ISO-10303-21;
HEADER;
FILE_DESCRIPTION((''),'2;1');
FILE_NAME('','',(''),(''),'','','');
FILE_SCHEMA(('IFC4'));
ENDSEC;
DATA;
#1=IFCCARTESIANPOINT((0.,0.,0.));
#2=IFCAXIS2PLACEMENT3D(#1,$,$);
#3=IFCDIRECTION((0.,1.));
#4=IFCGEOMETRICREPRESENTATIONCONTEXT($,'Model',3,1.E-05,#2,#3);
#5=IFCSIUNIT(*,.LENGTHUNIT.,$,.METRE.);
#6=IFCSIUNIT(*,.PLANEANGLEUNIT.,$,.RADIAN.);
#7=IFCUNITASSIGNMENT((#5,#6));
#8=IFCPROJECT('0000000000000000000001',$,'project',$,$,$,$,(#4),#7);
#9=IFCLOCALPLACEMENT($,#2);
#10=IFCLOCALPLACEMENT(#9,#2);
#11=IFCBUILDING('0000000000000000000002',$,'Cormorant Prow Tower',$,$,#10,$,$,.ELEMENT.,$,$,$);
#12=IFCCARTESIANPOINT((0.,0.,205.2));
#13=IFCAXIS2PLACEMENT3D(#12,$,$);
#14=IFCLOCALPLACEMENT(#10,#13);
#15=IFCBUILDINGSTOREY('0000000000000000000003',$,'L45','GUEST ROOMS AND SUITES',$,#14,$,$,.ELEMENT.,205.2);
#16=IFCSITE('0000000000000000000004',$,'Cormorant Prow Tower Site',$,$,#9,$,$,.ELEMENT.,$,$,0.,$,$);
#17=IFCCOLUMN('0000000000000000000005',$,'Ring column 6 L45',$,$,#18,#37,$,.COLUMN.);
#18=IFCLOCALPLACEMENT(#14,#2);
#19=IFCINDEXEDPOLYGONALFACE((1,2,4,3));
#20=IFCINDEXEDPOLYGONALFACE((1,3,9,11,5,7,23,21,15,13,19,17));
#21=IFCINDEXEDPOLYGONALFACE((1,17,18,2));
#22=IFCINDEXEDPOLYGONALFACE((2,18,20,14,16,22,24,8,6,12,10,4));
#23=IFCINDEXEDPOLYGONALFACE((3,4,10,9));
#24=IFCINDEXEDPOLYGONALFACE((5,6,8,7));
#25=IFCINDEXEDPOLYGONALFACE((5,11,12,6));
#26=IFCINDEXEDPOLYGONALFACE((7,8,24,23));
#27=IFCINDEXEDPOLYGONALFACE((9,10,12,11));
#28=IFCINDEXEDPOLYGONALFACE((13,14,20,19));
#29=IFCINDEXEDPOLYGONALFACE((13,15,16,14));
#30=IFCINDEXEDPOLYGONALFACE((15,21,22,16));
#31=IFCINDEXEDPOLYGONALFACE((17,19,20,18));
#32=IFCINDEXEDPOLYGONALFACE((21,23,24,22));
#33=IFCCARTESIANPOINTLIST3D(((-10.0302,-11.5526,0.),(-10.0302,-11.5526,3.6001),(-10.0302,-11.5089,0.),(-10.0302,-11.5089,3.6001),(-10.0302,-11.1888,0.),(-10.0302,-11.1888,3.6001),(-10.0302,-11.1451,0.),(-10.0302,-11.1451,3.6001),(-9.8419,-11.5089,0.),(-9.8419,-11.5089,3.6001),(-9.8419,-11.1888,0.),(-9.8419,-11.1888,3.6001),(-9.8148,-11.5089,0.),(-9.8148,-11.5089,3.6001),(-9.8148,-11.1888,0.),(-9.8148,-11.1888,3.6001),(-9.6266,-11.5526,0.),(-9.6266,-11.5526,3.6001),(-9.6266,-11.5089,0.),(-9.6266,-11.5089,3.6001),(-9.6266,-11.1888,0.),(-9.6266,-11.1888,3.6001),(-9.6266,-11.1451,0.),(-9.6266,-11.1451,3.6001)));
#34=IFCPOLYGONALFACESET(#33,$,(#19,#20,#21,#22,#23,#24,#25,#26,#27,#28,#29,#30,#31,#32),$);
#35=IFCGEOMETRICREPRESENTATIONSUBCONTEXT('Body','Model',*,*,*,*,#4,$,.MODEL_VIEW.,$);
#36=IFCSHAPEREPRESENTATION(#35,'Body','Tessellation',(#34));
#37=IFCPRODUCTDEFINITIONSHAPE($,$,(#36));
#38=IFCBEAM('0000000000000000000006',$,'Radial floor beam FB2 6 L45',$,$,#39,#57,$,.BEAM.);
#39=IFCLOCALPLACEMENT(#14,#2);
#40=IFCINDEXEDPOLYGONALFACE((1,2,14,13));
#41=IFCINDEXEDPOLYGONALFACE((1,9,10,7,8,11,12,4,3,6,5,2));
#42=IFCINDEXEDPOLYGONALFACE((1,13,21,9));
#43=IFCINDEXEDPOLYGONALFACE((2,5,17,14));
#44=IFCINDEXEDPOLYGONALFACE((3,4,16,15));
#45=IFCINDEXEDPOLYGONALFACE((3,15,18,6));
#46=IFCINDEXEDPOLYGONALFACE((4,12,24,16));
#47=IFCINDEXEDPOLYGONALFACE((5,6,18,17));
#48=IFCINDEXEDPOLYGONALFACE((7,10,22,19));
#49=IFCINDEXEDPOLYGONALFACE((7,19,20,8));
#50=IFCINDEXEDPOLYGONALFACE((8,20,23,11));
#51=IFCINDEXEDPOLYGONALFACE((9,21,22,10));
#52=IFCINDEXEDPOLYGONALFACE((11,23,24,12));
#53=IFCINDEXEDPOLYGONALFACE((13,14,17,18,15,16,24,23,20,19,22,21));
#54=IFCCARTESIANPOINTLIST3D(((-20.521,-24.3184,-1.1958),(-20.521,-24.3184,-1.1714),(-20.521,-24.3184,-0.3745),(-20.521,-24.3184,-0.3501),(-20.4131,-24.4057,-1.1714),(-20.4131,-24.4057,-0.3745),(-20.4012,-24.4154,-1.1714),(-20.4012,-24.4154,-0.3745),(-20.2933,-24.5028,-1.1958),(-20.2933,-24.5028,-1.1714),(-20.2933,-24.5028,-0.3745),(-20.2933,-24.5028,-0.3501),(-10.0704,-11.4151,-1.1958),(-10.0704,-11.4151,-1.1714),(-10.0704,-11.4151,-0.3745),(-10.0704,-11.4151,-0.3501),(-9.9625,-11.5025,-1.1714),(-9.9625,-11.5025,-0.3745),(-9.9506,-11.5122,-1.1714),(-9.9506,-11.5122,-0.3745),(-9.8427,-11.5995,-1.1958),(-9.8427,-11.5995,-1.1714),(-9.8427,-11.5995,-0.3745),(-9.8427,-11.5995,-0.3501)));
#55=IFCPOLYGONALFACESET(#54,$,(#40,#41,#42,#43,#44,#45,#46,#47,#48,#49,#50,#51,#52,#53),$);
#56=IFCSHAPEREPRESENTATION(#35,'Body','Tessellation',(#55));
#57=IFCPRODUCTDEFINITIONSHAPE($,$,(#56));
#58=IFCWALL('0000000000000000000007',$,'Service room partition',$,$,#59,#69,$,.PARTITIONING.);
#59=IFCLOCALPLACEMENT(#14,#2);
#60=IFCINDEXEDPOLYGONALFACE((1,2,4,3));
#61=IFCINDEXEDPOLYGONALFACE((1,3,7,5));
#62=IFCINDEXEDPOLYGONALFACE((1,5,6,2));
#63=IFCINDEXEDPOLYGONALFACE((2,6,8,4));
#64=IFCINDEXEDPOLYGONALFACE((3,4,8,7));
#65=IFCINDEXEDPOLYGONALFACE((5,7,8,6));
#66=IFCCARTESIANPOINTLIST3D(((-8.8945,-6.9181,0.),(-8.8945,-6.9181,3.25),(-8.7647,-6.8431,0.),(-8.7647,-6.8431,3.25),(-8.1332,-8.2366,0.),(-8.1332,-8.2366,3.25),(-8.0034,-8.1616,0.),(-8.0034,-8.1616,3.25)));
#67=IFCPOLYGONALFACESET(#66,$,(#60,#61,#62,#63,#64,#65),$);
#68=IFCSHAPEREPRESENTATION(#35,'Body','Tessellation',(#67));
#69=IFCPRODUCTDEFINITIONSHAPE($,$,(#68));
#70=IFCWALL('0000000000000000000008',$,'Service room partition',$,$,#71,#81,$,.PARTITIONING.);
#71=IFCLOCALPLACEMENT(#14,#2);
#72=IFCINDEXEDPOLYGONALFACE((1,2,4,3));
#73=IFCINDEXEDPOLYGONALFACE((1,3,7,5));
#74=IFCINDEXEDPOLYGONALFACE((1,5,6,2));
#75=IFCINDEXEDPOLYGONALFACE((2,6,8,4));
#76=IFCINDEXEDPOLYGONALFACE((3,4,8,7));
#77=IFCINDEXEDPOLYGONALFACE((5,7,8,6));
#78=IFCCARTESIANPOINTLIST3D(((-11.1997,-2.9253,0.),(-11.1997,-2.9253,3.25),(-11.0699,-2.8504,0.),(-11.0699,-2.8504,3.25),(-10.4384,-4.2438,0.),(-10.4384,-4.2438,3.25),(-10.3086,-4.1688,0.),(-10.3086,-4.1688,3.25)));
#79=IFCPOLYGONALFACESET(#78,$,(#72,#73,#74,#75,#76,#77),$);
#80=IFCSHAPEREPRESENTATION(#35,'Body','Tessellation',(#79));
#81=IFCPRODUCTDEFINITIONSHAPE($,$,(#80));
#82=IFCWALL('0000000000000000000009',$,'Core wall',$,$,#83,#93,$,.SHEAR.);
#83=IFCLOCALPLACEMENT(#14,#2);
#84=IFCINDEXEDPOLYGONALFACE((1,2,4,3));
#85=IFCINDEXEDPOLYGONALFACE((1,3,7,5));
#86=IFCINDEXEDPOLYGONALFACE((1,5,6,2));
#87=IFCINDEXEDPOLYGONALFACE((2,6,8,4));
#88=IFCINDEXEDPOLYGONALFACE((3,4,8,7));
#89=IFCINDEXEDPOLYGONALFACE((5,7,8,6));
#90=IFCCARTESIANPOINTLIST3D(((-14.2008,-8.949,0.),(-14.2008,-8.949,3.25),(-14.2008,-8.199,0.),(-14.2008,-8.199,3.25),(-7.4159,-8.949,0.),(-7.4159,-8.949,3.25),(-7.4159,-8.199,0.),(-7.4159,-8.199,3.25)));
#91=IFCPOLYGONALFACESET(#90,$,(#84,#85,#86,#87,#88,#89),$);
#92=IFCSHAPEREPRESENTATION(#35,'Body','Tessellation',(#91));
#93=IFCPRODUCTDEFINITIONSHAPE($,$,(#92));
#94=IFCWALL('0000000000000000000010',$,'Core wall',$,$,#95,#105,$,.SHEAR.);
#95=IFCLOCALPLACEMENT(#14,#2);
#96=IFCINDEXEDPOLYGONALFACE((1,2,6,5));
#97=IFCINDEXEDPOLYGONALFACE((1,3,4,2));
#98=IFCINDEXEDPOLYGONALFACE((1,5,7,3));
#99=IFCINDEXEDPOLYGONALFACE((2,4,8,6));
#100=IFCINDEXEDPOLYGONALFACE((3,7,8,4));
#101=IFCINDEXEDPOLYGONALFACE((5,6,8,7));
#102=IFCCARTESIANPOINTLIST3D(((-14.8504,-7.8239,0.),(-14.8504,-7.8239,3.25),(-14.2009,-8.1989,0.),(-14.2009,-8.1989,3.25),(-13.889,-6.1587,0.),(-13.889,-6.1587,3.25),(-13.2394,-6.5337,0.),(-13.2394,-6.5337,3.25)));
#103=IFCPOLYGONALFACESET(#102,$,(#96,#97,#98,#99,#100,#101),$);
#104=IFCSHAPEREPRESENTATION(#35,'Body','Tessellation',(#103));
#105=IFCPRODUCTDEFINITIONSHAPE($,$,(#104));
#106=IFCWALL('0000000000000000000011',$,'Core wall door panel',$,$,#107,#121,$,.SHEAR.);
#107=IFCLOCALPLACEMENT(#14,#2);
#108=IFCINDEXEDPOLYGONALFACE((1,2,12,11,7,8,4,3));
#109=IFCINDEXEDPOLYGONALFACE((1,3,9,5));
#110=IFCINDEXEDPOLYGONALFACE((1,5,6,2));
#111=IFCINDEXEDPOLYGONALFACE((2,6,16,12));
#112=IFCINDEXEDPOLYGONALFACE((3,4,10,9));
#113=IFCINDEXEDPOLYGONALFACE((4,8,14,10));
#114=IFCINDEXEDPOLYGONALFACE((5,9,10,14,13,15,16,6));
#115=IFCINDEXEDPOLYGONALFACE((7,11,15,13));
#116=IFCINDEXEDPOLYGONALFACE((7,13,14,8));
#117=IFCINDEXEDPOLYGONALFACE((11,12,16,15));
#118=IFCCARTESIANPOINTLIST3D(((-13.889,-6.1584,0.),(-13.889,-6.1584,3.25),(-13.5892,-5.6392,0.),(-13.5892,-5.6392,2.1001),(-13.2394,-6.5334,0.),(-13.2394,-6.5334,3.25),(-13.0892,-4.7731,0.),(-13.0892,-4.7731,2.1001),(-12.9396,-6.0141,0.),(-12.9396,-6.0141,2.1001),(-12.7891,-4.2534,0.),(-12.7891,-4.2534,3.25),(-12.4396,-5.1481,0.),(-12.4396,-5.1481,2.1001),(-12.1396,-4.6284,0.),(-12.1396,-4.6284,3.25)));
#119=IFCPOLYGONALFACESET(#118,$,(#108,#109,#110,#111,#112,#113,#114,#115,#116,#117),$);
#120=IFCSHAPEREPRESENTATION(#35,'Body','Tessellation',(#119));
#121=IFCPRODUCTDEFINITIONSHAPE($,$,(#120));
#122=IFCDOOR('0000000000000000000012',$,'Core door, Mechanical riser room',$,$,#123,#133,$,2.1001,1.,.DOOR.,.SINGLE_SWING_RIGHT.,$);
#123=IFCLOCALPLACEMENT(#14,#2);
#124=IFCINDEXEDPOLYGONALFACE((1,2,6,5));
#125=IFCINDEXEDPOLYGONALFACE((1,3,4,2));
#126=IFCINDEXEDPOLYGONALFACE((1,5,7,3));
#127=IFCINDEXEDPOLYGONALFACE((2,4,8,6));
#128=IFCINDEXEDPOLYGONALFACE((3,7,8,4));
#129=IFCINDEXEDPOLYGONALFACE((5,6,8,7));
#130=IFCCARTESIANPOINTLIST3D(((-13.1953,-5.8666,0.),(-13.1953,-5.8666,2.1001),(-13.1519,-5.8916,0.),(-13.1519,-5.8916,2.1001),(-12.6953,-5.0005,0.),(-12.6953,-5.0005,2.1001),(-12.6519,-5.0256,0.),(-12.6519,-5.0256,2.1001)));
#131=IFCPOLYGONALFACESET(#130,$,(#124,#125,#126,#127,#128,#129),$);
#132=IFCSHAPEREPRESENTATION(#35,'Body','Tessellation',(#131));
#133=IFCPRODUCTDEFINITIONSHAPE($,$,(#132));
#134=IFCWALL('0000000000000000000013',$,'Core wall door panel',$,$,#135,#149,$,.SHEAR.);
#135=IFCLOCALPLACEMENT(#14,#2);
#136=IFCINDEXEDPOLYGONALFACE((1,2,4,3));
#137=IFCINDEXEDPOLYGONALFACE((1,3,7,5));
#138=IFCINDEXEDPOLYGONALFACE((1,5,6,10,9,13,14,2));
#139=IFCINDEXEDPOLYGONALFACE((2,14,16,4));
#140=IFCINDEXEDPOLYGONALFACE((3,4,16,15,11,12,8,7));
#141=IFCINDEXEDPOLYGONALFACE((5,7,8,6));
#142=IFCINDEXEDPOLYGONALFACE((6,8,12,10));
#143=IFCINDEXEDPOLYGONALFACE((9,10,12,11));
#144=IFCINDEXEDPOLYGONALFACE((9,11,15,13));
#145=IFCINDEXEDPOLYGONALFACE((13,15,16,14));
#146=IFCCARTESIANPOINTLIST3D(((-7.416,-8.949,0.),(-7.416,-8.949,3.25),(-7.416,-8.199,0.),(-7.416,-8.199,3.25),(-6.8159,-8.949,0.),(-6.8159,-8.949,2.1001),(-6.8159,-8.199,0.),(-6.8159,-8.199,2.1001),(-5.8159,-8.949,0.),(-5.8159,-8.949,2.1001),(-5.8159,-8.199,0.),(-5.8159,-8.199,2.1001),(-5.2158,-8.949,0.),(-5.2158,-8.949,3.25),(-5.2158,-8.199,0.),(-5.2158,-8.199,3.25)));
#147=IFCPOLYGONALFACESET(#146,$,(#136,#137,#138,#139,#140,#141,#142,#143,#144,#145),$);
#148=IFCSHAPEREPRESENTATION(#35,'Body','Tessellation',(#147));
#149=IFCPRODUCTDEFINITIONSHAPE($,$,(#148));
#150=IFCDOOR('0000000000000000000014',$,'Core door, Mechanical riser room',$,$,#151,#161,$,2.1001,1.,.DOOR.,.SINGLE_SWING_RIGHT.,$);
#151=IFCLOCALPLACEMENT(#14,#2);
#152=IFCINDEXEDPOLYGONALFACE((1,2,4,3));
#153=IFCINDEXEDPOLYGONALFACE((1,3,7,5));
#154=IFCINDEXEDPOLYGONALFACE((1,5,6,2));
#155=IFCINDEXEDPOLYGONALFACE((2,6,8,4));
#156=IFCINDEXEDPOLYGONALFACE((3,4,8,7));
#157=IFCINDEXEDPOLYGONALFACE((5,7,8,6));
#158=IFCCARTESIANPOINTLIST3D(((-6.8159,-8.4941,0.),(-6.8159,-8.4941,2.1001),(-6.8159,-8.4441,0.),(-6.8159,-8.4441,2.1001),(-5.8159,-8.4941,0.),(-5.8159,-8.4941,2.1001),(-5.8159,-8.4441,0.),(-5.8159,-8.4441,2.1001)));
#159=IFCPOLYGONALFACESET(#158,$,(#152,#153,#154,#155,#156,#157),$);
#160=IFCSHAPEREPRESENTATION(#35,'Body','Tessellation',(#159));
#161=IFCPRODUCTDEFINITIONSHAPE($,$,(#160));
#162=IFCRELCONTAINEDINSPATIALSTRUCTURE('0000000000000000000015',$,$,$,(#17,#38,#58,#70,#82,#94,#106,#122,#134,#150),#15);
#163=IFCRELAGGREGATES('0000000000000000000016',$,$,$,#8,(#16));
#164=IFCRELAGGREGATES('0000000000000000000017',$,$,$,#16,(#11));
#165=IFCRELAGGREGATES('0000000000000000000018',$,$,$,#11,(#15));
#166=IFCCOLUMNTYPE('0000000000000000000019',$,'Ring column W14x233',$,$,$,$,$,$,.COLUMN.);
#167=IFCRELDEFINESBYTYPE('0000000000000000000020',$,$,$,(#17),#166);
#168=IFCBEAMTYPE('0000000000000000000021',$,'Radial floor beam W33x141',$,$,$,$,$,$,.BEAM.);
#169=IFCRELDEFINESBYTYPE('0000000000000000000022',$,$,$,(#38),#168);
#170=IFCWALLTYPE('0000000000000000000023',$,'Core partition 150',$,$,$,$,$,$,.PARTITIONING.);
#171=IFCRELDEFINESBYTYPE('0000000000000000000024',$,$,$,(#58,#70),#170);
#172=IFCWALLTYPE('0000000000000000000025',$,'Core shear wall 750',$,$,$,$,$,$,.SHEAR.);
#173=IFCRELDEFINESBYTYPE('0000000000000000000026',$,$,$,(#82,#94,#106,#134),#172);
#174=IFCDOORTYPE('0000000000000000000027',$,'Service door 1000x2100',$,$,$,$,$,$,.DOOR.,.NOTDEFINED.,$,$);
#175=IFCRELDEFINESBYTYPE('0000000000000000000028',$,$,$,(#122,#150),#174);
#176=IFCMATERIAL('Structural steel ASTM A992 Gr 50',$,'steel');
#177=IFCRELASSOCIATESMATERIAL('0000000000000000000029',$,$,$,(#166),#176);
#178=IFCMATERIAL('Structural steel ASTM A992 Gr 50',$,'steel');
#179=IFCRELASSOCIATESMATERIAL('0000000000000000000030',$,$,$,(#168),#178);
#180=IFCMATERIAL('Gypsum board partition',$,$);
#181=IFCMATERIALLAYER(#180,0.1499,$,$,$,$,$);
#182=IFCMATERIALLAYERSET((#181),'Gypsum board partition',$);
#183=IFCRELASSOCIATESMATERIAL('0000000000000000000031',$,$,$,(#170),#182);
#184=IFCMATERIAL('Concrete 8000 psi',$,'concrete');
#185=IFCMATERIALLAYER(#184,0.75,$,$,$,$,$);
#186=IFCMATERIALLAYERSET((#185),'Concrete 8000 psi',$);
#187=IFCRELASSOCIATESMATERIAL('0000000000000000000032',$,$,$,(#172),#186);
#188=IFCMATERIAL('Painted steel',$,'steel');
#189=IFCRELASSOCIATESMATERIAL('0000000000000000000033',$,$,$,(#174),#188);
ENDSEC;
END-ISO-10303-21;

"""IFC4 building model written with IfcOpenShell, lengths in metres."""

from ifc_helpers import new_model, si_unit, direction, frame, frame_2d, origin, origin_2d, place, context, subcontext, project, spatial, rectangle, i_section, extrude, material, layer, layer_set, material_profile, profile_set, type_object, element, fill, save


model = new_model("IFC4")

# Units and contexts
model_context = context("Model", 3, precision=1e-05, world=origin(), true_north=direction((0.0, 1.0)))
body_context = subcontext(model_context, "Body", "Model", "MODEL_VIEW")
ifc_project = project(units=[si_unit("LENGTHUNIT", "METRE"), si_unit("PLANEANGLEUNIT", "RADIAN")], contexts=[model_context])

# Site, building, storey
site_placement = place(None, origin())
site = spatial("IfcSite", under=ifc_project, at=site_placement, Name="Cormorant Prow Tower Site", CompositionType="ELEMENT", RefElevation=0.0)
building_placement = place(site_placement, origin())
building = spatial("IfcBuilding", under=site, at=building_placement, Name="Cormorant Prow Tower", CompositionType="ELEMENT")
storey_placement = place(building_placement, frame((0.0, 0.0, 205.2)))
storey = spatial("IfcBuildingStorey", under=building, at=storey_placement, Name="L45", Description="GUEST ROOMS AND SUITES", CompositionType="ELEMENT", Elevation=205.2)

# Column
ifc_material_1 = material(Name="Structural steel ASTM A992 Gr 50", Category="steel")
ifc_material_profile_1 = material_profile(ifc_material_1, i_section(OverallWidth=0.4036, OverallDepth=0.4075, WebThickness=0.0271, FlangeThickness=0.0437, at=origin_2d()), Name="W14x233")
ifc_profile_set_1 = profile_set([ifc_material_profile_1], Name="Structural steel ASTM A992 Gr 50")
column_type = type_object("IfcColumnType", Name="Ring column W14x233", PredefinedType="COLUMN", material=ifc_profile_set_1)
column_placement = place(storey_placement, frame((-9.8284, -11.3489, 0.0), z_axis=(0.0, 0.0, 1.0), x_axis=(1.0, 0.0, 0.0)))
element("IfcColumn", 1, at=column_placement, inside=storey, type_object=column_type, Name="Ring column 6 L45", PredefinedType="COLUMN", context=body_context, shape_type="SweptSolid", body=[
    extrude(i_section(OverallWidth=0.4036, OverallDepth=0.4075, WebThickness=0.0271, FlangeThickness=0.0437, at=origin_2d()), origin(), (0.0, 0.0, 1.0), 3.6001),
])

# Beam
ifc_material_2 = material(Name="Structural steel ASTM A992 Gr 50", Category="steel")
ifc_material_profile_2 = material_profile(ifc_material_2, i_section(OverallWidth=0.293, OverallDepth=0.8457, WebThickness=0.0154, FlangeThickness=0.0244, at=origin_2d()), Name="W33x141")
ifc_profile_set_2 = profile_set([ifc_material_profile_2], Name="Structural steel ASTM A992 Gr 50")
beam_type = type_object("IfcBeamType", Name="Radial floor beam W33x141", PredefinedType="BEAM", material=ifc_profile_set_2)
beam_placement = place(storey_placement, frame((-9.9565, -11.5073, -0.7729), z_axis=(-0.629385, -0.777094, 0.0), x_axis=(0.777094, -0.629385, 0.0)))
element("IfcBeam", 2, at=beam_placement, inside=storey, type_object=beam_type, Name="Radial floor beam FB2 6 L45", PredefinedType="BEAM", context=body_context, shape_type="SweptSolid", body=[
    extrude(i_section(OverallWidth=0.293, OverallDepth=0.8457, WebThickness=0.0154, FlangeThickness=0.0244, at=origin_2d()), origin(), (0.0, 0.0, 1.0), 16.6045),
])

# Walls
ifc_material_3 = material(Name="Gypsum board partition")
ifc_layer_1 = layer(ifc_material_3, 0.1499)
ifc_layer_set_1 = layer_set([ifc_layer_1], Name="Gypsum board partition")
wall_type_1 = type_object("IfcWallType", Name="Core partition 150", PredefinedType="PARTITIONING", material=ifc_layer_set_1)
for number, where, z_axis, x_axis, name in (
    (3, (-8.8296, -6.8806, 0.0), (0.0, 0.0, 1.0), (0.500037, -0.866004, 0.0), "Service room partition"),
    (4, (-10.3735, -4.2063, 0.0), (0.0, 0.0, 1.0), (-0.500037, 0.866004, 0.0), "Service room partition"),
):
    element("IfcWall", number, at=place(storey_placement, frame(where, z_axis=z_axis, x_axis=x_axis)), inside=storey, type_object=wall_type_1, Name=name, PredefinedType="PARTITIONING", context=body_context, shape_type="SweptSolid", body=[
        extrude(rectangle(XDim=1.5225, YDim=0.1499, at=frame_2d((0.7612, 0.0))), origin(), (0.0, 0.0, 1.0), 3.25),
    ])
ifc_material_4 = material(Name="Concrete 8000 psi", Category="concrete")
ifc_layer_2 = layer(ifc_material_4, 0.75)
ifc_layer_set_2 = layer_set([ifc_layer_2], Name="Concrete 8000 psi")
wall_type_2 = type_object("IfcWallType", Name="Core shear wall 750", PredefinedType="SHEAR", material=ifc_layer_set_2)
wall_1_placement = place(storey_placement, frame((-14.2009, -8.574, 0.0), z_axis=(0.0, 0.0, 1.0), x_axis=(1.0, 0.0, 0.0)))
element("IfcWall", 5, at=wall_1_placement, inside=storey, type_object=wall_type_2, Name="Core wall", PredefinedType="SHEAR", context=body_context, shape_type="SweptSolid", body=[
    extrude(rectangle(XDim=6.7849, YDim=0.75, at=frame_2d((3.3926, 0.0))), origin(), (0.0, 0.0, 1.0), 3.25),
])
wall_2_placement = place(storey_placement, frame((-13.5642, -6.3462, 0.0), z_axis=(0.0, 0.0, 1.0), x_axis=(-0.49999, -0.866031, 0.0)))
element("IfcWall", 6, at=wall_2_placement, inside=storey, type_object=wall_type_2, Name="Core wall", PredefinedType="SHEAR", context=body_context, shape_type="SweptSolid", body=[
    extrude(rectangle(XDim=1.9229, YDim=0.75, at=frame_2d((0.9614, 0.0))), origin(), (0.0, 0.0, 1.0), 3.25),
])

# Walls, openings, doors
wall_3_placement = place(storey_placement, frame((-12.4644, -4.4409, 0.0), z_axis=(0.0, 0.0, 1.0), x_axis=(-0.499995, -0.866028, 0.0)))
wall_3 = element("IfcWall", 7, at=wall_3_placement, inside=storey, type_object=wall_type_2, Name="Core wall door panel", PredefinedType="SHEAR", context=body_context, shape_type="SweptSolid", body=[
    extrude(rectangle(XDim=2.1997, YDim=0.75, at=frame_2d((1.0999, 0.0))), origin(), (0.0, 0.0, 1.0), 3.25),
])
opening_1_placement = place(wall_3_placement, frame((0.6001, 0.0, 0.0)))
opening_1 = element("IfcOpeningElement", 8, at=opening_1_placement, cuts=wall_3, PredefinedType="OPENING", context=body_context, shape_type="SweptSolid", body=[
    extrude(rectangle(XDim=1.0, YDim=2.1001, at=frame_2d((0.5, 1.05))), frame((0.0, 0.385, 0.0), z_axis=(0.0, -1.0, 0.0), x_axis=(1.0, 0.0, 0.0)), (0.0, 0.0, 1.0), 0.77),
])
ifc_material_5 = material(Name="Painted steel", Category="steel")
door_type_1 = type_object("IfcDoorType", Name="Service door 1000x2100", OperationType="NOTDEFINED", PredefinedType="DOOR", material=ifc_material_5)
door_1_placement = place(opening_1_placement, origin())
door_1 = element("IfcDoor", 9, at=door_1_placement, inside=storey, type_object=door_type_1, Name="Core door, Mechanical riser room", OperationType="SINGLE_SWING_RIGHT", OverallHeight=2.1001, OverallWidth=1.0, PredefinedType="DOOR", context=body_context, shape_type="SweptSolid", body=[
    extrude(rectangle(XDim=1.0, YDim=2.1001, at=frame_2d((0.5, 1.05))), frame((0.0, 0.1299, 0.0), z_axis=(0.0, -1.0, 0.0), x_axis=(1.0, 0.0, 0.0)), (0.0, 0.0, 1.0), 0.05),
])
fill(opening_1, door_1)
wall_4_placement = place(storey_placement, frame((-7.416, -8.574, 0.0), z_axis=(0.0, 0.0, 1.0), x_axis=(1.0, 0.0, 0.0)))
wall_4 = element("IfcWall", 10, at=wall_4_placement, inside=storey, type_object=wall_type_2, Name="Core wall door panel", PredefinedType="SHEAR", context=body_context, shape_type="SweptSolid", body=[
    extrude(rectangle(XDim=2.2002, YDim=0.75, at=frame_2d((1.1001, 0.0))), origin(), (0.0, 0.0, 1.0), 3.25),
])
opening_2_placement = place(wall_4_placement, frame((0.6001, 0.0, 0.0)))
opening_2 = element("IfcOpeningElement", 11, at=opening_2_placement, cuts=wall_4, PredefinedType="OPENING", context=body_context, shape_type="SweptSolid", body=[
    extrude(rectangle(XDim=1.0, YDim=2.1001, at=frame_2d((0.5, 1.05))), frame((0.0, 0.385, 0.0), z_axis=(0.0, -1.0, 0.0), x_axis=(1.0, 0.0, 0.0)), (0.0, 0.0, 1.0), 0.77),
])
door_2_placement = place(opening_2_placement, origin())
door_2 = element("IfcDoor", 12, at=door_2_placement, inside=storey, type_object=door_type_1, Name="Core door, Mechanical riser room", OperationType="SINGLE_SWING_RIGHT", OverallHeight=2.1001, OverallWidth=1.0, PredefinedType="DOOR", context=body_context, shape_type="SweptSolid", body=[
    extrude(rectangle(XDim=1.0, YDim=2.1001, at=frame_2d((0.5, 1.05))), frame((0.0, 0.1299, 0.0), z_axis=(0.0, -1.0, 0.0), x_axis=(1.0, 0.0, 0.0)), (0.0, 0.0, 1.0), 0.05),
])
fill(opening_2, door_2)

save(model, "model.ifc")
